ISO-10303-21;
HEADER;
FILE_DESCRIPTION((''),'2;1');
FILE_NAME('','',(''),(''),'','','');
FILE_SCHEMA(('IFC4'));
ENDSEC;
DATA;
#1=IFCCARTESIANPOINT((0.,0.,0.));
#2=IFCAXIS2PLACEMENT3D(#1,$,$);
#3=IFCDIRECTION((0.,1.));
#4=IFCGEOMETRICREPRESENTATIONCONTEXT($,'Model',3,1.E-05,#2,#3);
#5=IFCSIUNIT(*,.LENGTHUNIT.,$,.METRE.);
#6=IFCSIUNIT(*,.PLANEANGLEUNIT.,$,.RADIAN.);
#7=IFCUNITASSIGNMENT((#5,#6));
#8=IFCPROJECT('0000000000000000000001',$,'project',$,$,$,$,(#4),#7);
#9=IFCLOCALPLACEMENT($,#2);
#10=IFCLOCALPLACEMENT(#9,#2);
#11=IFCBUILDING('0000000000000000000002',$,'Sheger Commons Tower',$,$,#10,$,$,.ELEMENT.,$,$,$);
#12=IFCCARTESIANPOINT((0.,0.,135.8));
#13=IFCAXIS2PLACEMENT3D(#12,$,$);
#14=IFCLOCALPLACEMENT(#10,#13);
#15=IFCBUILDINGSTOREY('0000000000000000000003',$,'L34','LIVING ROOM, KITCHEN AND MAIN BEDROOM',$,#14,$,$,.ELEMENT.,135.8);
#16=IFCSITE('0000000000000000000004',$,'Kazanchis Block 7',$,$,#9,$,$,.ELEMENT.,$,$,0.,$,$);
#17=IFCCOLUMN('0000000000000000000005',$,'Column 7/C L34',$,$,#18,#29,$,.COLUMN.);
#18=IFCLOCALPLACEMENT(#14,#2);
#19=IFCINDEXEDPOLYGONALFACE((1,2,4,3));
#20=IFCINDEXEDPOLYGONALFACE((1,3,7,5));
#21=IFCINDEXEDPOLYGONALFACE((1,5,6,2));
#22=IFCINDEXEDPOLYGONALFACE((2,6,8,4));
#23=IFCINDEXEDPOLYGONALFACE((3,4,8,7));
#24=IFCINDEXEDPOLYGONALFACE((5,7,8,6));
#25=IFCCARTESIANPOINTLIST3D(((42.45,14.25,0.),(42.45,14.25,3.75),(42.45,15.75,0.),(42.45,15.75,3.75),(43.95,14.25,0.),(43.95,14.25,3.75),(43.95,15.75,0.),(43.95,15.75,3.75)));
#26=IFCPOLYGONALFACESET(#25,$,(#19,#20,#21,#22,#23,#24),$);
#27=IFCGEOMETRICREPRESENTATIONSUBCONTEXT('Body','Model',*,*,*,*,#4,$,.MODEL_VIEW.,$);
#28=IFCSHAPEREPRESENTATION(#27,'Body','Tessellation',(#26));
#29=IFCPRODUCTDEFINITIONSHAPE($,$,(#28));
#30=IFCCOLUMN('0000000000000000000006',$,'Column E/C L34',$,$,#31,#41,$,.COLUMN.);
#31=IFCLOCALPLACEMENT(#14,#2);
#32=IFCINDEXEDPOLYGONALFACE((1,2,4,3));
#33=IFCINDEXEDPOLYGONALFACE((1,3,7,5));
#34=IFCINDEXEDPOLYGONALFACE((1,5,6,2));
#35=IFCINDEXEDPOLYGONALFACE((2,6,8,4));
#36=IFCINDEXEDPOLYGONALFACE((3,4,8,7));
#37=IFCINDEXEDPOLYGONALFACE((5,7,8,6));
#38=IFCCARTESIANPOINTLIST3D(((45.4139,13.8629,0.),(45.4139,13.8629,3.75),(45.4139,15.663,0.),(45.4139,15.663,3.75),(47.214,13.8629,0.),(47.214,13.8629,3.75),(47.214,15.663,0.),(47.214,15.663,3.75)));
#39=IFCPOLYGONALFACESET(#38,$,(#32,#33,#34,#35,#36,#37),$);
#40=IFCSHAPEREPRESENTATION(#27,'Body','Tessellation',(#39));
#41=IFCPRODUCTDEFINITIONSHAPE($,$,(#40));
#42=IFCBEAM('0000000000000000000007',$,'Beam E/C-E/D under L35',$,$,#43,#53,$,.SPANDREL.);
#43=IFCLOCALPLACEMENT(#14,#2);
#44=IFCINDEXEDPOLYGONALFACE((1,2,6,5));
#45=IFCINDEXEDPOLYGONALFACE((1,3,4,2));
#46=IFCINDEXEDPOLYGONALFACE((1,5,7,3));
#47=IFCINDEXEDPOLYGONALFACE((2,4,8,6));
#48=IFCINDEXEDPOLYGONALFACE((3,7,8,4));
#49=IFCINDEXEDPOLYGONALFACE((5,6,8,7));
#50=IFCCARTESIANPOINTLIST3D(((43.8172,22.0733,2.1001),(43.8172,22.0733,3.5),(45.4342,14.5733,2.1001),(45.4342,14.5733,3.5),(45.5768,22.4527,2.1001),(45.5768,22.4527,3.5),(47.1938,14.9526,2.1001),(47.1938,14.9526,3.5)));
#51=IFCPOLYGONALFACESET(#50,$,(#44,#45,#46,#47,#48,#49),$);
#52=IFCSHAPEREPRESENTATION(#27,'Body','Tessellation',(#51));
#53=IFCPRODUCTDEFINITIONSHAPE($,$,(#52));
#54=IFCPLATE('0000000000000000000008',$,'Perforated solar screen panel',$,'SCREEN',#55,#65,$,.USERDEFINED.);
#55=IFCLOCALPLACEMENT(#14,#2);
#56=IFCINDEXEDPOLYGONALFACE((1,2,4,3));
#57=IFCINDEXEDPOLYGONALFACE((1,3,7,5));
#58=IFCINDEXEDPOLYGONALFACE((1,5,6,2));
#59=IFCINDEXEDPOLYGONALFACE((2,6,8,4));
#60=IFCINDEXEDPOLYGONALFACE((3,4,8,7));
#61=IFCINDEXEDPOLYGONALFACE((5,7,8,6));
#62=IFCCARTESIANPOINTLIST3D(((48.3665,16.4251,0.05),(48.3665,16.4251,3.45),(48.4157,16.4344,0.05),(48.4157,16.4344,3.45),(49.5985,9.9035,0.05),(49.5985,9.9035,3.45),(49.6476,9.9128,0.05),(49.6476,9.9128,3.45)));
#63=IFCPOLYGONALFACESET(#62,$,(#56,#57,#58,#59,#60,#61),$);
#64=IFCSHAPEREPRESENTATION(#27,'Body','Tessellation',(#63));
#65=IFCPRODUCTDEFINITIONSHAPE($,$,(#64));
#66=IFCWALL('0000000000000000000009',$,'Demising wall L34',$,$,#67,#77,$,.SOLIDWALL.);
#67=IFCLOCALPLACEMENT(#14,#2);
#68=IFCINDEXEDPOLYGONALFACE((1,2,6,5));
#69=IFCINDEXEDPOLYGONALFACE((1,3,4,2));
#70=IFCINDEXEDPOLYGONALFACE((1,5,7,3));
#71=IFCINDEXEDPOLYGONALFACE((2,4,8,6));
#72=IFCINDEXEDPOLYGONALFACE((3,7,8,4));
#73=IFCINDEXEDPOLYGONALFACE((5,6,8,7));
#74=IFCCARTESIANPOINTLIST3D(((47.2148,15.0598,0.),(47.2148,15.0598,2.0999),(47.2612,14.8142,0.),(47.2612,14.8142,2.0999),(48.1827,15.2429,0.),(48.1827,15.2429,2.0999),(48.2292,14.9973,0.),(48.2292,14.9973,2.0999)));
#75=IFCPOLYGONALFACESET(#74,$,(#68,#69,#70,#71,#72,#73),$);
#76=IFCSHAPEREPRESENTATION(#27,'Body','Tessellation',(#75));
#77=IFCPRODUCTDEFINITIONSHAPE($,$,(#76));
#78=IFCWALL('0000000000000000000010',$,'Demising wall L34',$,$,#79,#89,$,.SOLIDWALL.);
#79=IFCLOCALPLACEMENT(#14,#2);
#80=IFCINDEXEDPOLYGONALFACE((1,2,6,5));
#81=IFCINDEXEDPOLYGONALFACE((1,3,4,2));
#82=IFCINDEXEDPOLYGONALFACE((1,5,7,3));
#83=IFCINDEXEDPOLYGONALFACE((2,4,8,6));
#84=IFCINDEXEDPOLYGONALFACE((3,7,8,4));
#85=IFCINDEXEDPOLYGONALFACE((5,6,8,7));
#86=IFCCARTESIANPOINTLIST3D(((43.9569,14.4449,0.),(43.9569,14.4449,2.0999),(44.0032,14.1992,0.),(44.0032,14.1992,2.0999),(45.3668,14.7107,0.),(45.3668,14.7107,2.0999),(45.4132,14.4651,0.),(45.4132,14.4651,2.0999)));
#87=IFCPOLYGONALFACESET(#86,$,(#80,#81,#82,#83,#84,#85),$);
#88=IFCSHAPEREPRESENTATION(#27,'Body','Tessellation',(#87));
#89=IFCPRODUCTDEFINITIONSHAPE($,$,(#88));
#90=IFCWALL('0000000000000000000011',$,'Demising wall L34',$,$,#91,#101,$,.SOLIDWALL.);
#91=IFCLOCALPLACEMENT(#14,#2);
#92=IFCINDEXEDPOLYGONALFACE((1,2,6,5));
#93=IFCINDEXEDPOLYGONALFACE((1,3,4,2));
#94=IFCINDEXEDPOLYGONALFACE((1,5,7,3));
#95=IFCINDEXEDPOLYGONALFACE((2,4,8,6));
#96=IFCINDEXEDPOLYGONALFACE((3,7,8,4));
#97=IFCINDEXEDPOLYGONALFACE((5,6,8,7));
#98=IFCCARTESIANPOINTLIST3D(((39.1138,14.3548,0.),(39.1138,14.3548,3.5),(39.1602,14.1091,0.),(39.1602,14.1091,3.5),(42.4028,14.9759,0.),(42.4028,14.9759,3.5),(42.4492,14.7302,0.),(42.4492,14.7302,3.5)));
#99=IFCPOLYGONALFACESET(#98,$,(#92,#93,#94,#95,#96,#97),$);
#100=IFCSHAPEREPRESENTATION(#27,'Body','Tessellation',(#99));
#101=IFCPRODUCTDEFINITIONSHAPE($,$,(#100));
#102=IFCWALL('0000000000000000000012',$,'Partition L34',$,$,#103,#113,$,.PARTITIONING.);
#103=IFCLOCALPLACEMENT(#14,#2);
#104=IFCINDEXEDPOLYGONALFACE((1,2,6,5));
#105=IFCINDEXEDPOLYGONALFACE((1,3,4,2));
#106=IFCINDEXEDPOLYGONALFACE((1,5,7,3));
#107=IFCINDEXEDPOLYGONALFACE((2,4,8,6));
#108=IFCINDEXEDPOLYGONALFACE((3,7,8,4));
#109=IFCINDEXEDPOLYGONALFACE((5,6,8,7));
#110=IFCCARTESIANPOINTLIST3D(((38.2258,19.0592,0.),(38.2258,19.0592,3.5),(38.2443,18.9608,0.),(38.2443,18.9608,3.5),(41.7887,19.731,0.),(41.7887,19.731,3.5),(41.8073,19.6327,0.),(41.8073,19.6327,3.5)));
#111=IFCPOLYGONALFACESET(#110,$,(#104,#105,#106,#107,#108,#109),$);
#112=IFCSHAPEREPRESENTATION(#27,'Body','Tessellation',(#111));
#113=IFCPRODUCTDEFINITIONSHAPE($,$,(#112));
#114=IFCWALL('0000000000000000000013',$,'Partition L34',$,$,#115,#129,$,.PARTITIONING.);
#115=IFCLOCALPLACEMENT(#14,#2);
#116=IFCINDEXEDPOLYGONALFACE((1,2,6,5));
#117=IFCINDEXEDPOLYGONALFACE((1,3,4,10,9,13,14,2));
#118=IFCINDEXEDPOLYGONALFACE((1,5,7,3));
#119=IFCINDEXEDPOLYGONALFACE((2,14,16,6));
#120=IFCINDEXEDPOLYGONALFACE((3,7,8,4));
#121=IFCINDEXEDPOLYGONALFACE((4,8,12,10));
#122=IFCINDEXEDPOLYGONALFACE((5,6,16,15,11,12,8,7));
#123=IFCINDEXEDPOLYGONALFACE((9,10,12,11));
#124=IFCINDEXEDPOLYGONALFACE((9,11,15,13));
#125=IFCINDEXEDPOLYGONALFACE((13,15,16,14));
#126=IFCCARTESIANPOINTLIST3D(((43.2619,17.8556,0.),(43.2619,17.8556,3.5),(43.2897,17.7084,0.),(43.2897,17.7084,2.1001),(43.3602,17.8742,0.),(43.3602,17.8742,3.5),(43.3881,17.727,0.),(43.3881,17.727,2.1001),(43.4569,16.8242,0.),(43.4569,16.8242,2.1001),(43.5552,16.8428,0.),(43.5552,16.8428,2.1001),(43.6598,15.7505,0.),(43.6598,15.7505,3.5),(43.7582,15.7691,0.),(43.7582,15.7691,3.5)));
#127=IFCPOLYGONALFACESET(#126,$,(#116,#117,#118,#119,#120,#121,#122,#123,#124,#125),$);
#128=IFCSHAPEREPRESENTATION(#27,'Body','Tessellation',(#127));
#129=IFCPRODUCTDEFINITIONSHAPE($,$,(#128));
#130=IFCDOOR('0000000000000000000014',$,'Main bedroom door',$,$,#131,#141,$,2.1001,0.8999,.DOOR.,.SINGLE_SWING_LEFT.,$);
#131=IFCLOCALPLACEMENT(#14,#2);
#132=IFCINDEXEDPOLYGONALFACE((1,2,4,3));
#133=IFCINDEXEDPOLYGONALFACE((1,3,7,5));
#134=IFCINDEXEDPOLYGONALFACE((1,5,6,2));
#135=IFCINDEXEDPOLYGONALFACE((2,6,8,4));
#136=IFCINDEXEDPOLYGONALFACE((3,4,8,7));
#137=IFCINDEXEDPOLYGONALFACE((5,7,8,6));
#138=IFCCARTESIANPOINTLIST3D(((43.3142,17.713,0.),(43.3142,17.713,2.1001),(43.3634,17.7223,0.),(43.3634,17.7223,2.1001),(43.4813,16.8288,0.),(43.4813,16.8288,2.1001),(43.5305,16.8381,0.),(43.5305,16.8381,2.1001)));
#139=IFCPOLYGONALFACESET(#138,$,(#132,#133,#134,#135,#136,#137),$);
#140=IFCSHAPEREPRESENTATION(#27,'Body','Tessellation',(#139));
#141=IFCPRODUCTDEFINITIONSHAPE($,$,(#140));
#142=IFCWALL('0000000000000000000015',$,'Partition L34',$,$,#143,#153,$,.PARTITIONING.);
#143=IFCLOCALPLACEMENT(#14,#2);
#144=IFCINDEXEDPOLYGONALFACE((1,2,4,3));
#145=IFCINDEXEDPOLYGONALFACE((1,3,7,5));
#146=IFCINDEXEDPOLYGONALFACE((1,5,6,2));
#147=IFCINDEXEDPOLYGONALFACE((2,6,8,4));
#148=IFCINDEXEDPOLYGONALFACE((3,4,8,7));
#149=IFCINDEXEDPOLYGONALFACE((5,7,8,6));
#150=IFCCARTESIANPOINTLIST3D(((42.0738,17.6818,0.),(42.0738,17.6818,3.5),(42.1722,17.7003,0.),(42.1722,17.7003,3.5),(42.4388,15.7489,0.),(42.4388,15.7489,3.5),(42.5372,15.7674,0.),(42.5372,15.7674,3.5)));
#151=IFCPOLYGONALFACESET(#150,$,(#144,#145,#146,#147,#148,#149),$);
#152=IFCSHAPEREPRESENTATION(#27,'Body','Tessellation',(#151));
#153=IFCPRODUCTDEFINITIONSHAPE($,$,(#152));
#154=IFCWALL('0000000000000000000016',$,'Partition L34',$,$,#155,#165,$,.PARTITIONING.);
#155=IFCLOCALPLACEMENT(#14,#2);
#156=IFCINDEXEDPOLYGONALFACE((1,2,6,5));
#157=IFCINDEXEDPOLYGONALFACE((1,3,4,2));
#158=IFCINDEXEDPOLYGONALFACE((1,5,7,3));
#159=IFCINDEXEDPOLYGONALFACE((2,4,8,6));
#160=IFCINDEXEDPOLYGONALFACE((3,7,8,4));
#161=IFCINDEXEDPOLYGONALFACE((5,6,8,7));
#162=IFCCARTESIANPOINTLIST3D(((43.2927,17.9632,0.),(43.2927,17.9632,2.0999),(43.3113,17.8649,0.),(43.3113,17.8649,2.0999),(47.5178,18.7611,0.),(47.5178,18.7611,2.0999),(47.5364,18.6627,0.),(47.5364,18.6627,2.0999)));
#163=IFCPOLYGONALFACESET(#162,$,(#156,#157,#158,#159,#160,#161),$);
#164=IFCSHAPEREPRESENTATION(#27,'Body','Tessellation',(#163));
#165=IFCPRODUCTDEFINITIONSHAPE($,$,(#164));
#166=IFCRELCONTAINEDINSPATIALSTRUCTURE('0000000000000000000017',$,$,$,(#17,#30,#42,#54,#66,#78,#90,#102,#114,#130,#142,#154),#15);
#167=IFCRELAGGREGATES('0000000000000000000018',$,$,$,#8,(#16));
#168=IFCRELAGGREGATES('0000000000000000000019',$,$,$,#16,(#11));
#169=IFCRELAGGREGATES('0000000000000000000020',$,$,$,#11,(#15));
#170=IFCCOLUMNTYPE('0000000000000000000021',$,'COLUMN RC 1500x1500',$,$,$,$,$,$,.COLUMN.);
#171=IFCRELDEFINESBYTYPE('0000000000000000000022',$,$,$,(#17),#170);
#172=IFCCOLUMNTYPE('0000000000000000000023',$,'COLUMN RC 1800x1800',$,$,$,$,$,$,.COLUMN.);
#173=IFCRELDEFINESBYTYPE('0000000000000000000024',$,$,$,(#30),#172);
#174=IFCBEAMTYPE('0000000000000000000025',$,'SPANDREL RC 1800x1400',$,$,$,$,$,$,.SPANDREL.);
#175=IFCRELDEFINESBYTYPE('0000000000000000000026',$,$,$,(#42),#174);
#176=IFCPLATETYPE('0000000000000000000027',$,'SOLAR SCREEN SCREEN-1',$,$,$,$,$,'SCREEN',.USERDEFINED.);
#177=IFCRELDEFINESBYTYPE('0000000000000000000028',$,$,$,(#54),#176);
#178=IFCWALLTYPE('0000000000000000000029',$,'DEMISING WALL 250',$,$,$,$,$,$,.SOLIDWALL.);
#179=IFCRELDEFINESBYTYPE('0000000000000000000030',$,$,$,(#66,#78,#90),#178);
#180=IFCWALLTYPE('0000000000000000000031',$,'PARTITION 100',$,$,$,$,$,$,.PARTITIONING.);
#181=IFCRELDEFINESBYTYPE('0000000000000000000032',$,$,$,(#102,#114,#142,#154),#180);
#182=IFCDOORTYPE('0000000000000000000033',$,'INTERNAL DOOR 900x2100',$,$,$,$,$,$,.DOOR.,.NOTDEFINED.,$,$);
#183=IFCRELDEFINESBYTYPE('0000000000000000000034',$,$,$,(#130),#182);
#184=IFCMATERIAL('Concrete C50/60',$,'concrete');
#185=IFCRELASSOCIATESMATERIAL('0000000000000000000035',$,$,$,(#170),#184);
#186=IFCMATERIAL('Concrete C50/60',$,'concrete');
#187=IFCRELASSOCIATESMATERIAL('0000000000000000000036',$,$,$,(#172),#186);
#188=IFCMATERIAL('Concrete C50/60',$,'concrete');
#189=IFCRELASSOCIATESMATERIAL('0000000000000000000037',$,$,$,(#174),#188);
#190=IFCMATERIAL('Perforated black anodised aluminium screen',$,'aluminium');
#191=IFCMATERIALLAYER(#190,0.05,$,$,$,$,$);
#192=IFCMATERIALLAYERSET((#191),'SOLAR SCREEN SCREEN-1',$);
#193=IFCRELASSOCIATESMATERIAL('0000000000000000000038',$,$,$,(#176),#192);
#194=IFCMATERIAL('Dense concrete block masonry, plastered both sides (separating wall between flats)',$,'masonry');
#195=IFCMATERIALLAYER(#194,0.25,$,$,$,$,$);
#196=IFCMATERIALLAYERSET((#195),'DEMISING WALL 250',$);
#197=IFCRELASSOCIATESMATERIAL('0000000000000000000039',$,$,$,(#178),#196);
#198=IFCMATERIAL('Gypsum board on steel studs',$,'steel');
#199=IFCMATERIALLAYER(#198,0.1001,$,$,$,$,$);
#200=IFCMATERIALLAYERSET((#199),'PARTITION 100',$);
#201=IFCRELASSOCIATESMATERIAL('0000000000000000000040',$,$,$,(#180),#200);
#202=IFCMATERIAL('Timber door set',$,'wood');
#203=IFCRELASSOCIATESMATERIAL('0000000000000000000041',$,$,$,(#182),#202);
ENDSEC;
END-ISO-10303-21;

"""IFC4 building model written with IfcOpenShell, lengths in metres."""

from ifc_helpers import new_model, si_unit, direction, frame, frame_2d, origin, origin_2d, place, context, subcontext, project, spatial, rectangle, extrude, material, layer, layer_set, material_profile, profile_set, type_object, element, fill, save


model = new_model("IFC4")

# Units and contexts
model_context = context("Model", 3, precision=1e-05, world=origin(), true_north=direction((0.0, 1.0)))
body_context = subcontext(model_context, "Body", "Model", "MODEL_VIEW")
ifc_project = project(units=[si_unit("LENGTHUNIT", "METRE"), si_unit("PLANEANGLEUNIT", "RADIAN")], contexts=[model_context])

# Site, building, storey
site_placement = place(None, origin())
site = spatial("IfcSite", under=ifc_project, at=site_placement, Name="Kazanchis Block 7", CompositionType="ELEMENT", RefElevation=0.0)
building_placement = place(site_placement, origin())
building = spatial("IfcBuilding", under=site, at=building_placement, Name="Sheger Commons Tower", CompositionType="ELEMENT")
storey_placement = place(building_placement, frame((0.0, 0.0, 135.8)))
storey = spatial("IfcBuildingStorey", under=building, at=storey_placement, Name="L34", Description="LIVING ROOM, KITCHEN AND MAIN BEDROOM", CompositionType="ELEMENT", Elevation=135.8)

# Columns
ifc_material_1 = material(Name="Concrete C50/60", Category="concrete")
ifc_material_profile_1 = material_profile(ifc_material_1, rectangle(XDim=1.5, YDim=1.5, at=origin_2d()), Name="RC 1500x1500")
ifc_profile_set_1 = profile_set([ifc_material_profile_1], Name="Concrete C50/60")
column_type_1 = type_object("IfcColumnType", Name="COLUMN RC 1500x1500", PredefinedType="COLUMN", material=ifc_profile_set_1)
column_1_placement = place(storey_placement, frame((43.2, 15.0, 0.0), z_axis=(0.0, 0.0, 1.0), x_axis=(1.0, 0.0, 0.0)))
element("IfcColumn", 1, at=column_1_placement, inside=storey, type_object=column_type_1, Name="Column 7/C L34", PredefinedType="COLUMN", context=body_context, shape_type="SweptSolid", body=[
    extrude(rectangle(XDim=1.5, YDim=1.5, at=origin_2d()), origin(), (0.0, 0.0, 1.0), 3.75),
])
ifc_material_2 = material(Name="Concrete C50/60", Category="concrete")
ifc_material_profile_2 = material_profile(ifc_material_2, rectangle(XDim=1.8, YDim=1.8, at=origin_2d()), Name="RC 1800x1800")
ifc_profile_set_2 = profile_set([ifc_material_profile_2], Name="Concrete C50/60")
column_type_2 = type_object("IfcColumnType", Name="COLUMN RC 1800x1800", PredefinedType="COLUMN", material=ifc_profile_set_2)
column_2_placement = place(storey_placement, frame((46.314, 14.7629, 0.0), z_axis=(0.0, 0.0, 1.0), x_axis=(1.0, 0.0, 0.0)))
element("IfcColumn", 2, at=column_2_placement, inside=storey, type_object=column_type_2, Name="Column E/C L34", PredefinedType="COLUMN", context=body_context, shape_type="SweptSolid", body=[
    extrude(rectangle(XDim=1.8, YDim=1.8, at=origin_2d()), origin(), (0.0, 0.0, 1.0), 3.75),
])

# Beam
ifc_material_3 = material(Name="Concrete C50/60", Category="concrete")
ifc_material_profile_3 = material_profile(ifc_material_3, rectangle(XDim=1.8, YDim=1.3999, at=origin_2d()), Name="RC 1800x1400")
ifc_profile_set_3 = profile_set([ifc_material_profile_3], Name="Concrete C50/60")
beam_type = type_object("IfcBeamType", Name="SPANDREL RC 1800x1400", PredefinedType="SPANDREL", material=ifc_profile_set_3)
beam_placement = place(storey_placement, frame((46.314, 14.7629, 2.8), z_axis=(-0.21075, 0.97754, 0.0), x_axis=(-0.97754, -0.21075, 0.0)))
element("IfcBeam", 3, at=beam_placement, inside=storey, type_object=beam_type, Name="Beam E/C-E/D under L35", PredefinedType="SPANDREL", context=body_context, shape_type="SweptSolid", body=[
    extrude(rectangle(XDim=1.8, YDim=1.3999, at=origin_2d()), origin(), (0.0, 0.0, 1.0), 7.6724),
])

# Plate
ifc_material_4 = material(Name="Perforated black anodised aluminium screen", Category="aluminium")
ifc_layer_1 = layer(ifc_material_4, 0.05)
ifc_layer_set_1 = layer_set([ifc_layer_1], Name="SOLAR SCREEN SCREEN-1")
plate_type = type_object("IfcPlateType", Name="SOLAR SCREEN SCREEN-1", ElementType="SCREEN", PredefinedType="USERDEFINED", material=ifc_layer_set_1)
plate_placement = place(storey_placement, frame((49.0071, 13.1689, 0.05), z_axis=(0.0, 0.0, 1.0), x_axis=(-0.185615, 0.982623, 0.0)))
element("IfcPlate", 4, at=plate_placement, inside=storey, type_object=plate_type, Name="Perforated solar screen panel", ObjectType="SCREEN", PredefinedType="USERDEFINED", context=body_context, shape_type="SweptSolid", body=[
    extrude(rectangle(XDim=6.637, YDim=0.05, at=origin_2d()), origin(), (0.0, 0.0, 1.0), 3.3999),
])

# Walls
ifc_material_5 = material(Name="Dense concrete block masonry, plastered both sides (separating wall between flats)", Category="masonry")
ifc_layer_2 = layer(ifc_material_5, 0.25)
ifc_layer_set_2 = layer_set([ifc_layer_2], Name="DEMISING WALL 250")
wall_type_1 = type_object("IfcWallType", Name="DEMISING WALL 250", PredefinedType="SOLIDWALL", material=ifc_layer_set_2)
wall_1_placement = place(storey_placement, frame((48.2061, 15.1201, 0.0), z_axis=(0.0, 0.0, 1.0), x_axis=(-0.982576, -0.185859, 0.0)))
element("IfcWall", 5, at=wall_1_placement, inside=storey, type_object=wall_type_1, Name="Demising wall L34", PredefinedType="SOLIDWALL", context=body_context, shape_type="SweptSolid", body=[
    extrude(rectangle(XDim=0.9851, YDim=0.25, at=frame_2d((0.4927, 0.0))), origin(), (0.0, 0.0, 1.0), 2.0999),
])
wall_2_placement = place(storey_placement, frame((45.3899, 14.5879, 0.0), z_axis=(0.0, 0.0, 1.0), x_axis=(-0.982681, -0.185306, 0.0)))
element("IfcWall", 6, at=wall_2_placement, inside=storey, type_object=wall_type_1, Name="Demising wall L34", PredefinedType="SOLIDWALL", context=body_context, shape_type="SweptSolid", body=[
    extrude(rectangle(XDim=1.4348, YDim=0.25, at=frame_2d((0.7173, 0.0))), origin(), (0.0, 0.0, 1.0), 2.0999),
])
wall_3_placement = place(storey_placement, frame((42.426, 14.853, 0.0), z_axis=(0.0, 0.0, 1.0), x_axis=(-0.982634, -0.185557, 0.0)))
element("IfcWall", 7, at=wall_3_placement, inside=storey, type_object=wall_type_1, Name="Demising wall L34", PredefinedType="SOLIDWALL", context=body_context, shape_type="SweptSolid", body=[
    extrude(rectangle(XDim=3.3472, YDim=0.25, at=frame_2d((1.6736, 0.0))), origin(), (0.0, 0.0, 1.0), 3.5),
])
ifc_material_6 = material(Name="Gypsum board on steel studs", Category="steel")
ifc_layer_3 = layer(ifc_material_6, 0.1001)
ifc_layer_set_3 = layer_set([ifc_layer_3], Name="PARTITION 100")
wall_type_2 = type_object("IfcWallType", Name="PARTITION 100", PredefinedType="PARTITIONING", material=ifc_layer_set_3)
wall_4_placement = place(storey_placement, frame((41.7981, 19.6819, 0.0), z_axis=(0.0, 0.0, 1.0), x_axis=(-0.982681, -0.185305, 0.0)))
element("IfcWall", 8, at=wall_4_placement, inside=storey, type_object=wall_type_2, Name="Partition L34", PredefinedType="PARTITIONING", context=body_context, shape_type="SweptSolid", body=[
    extrude(rectangle(XDim=3.6257, YDim=0.1001, at=frame_2d((1.813, 0.0))), origin(), (0.0, 0.0, 1.0), 3.5),
])

# Wall, opening, door
wall_5_placement = place(storey_placement, frame((43.311, 17.865, 0.0), z_axis=(0.0, 0.0, 1.0), x_axis=(0.185761, -0.982595, 0.0)))
wall_5 = element("IfcWall", 9, at=wall_5_placement, inside=storey, type_object=wall_type_2, Name="Partition L34", PredefinedType="PARTITIONING", context=body_context, shape_type="SweptSolid", body=[
    extrude(rectangle(XDim=2.1423, YDim=0.1001, at=frame_2d((1.0713, 0.0))), origin(), (0.0, 0.0, 1.0), 3.5),
])
opening_1_placement = place(wall_5_placement, frame((0.1499, 0.0, 0.0)))
opening_1 = element("IfcOpeningElement", 10, at=opening_1_placement, cuts=wall_5, PredefinedType="OPENING", context=body_context, shape_type="SweptSolid", body=[
    extrude(rectangle(XDim=0.8999, YDim=2.1001, at=frame_2d((0.45, 1.05))), frame((0.0, 0.0601, 0.0), z_axis=(0.0, -1.0, 0.0), x_axis=(1.0, 0.0, 0.0)), (0.0, 0.0, 1.0), 0.1201),
])
ifc_material_7 = material(Name="Timber door set", Category="wood")
door_type = type_object("IfcDoorType", Name="INTERNAL DOOR 900x2100", OperationType="NOTDEFINED", PredefinedType="DOOR", material=ifc_material_7)
door_1_placement = place(opening_1_placement, origin())
door_1 = element("IfcDoor", 11, at=door_1_placement, inside=storey, type_object=door_type, Name="Main bedroom door", OperationType="SINGLE_SWING_LEFT", OverallHeight=2.1001, OverallWidth=0.8999, PredefinedType="DOOR", context=body_context, shape_type="SweptSolid", body=[
    extrude(rectangle(XDim=0.8999, YDim=2.1001, at=frame_2d((0.45, 1.05))), frame((0.0, 0.0249, 0.0), z_axis=(0.0, -1.0, 0.0), x_axis=(1.0, 0.0, 0.0)), (0.0, 0.0, 1.0), 0.05),
])
fill(opening_1, door_1)

# Walls
wall_6_placement = place(storey_placement, frame((42.123, 17.6909, 0.0), z_axis=(0.0, 0.0, 1.0), x_axis=(0.185555, -0.982634, 0.0)))
element("IfcWall", 12, at=wall_6_placement, inside=storey, type_object=wall_type_2, Name="Partition L34", PredefinedType="PARTITIONING", context=body_context, shape_type="SweptSolid", body=[
    extrude(rectangle(XDim=1.967, YDim=0.1001, at=frame_2d((0.9834, 0.0))), origin(), (0.0, 0.0, 1.0), 3.5),
])
wall_7_placement = place(storey_placement, frame((47.5271, 18.7119, 0.0), z_axis=(0.0, 0.0, 1.0), x_axis=(-0.982634, -0.185557, 0.0)))
element("IfcWall", 13, at=wall_7_placement, inside=storey, type_object=wall_type_2, Name="Partition L34", PredefinedType="PARTITIONING", context=body_context, shape_type="SweptSolid", body=[
    extrude(rectangle(XDim=4.2998, YDim=0.1001, at=frame_2d((2.1499, 0.0))), origin(), (0.0, 0.0, 1.0), 2.0999),
])

save(model, "model.ifc")
